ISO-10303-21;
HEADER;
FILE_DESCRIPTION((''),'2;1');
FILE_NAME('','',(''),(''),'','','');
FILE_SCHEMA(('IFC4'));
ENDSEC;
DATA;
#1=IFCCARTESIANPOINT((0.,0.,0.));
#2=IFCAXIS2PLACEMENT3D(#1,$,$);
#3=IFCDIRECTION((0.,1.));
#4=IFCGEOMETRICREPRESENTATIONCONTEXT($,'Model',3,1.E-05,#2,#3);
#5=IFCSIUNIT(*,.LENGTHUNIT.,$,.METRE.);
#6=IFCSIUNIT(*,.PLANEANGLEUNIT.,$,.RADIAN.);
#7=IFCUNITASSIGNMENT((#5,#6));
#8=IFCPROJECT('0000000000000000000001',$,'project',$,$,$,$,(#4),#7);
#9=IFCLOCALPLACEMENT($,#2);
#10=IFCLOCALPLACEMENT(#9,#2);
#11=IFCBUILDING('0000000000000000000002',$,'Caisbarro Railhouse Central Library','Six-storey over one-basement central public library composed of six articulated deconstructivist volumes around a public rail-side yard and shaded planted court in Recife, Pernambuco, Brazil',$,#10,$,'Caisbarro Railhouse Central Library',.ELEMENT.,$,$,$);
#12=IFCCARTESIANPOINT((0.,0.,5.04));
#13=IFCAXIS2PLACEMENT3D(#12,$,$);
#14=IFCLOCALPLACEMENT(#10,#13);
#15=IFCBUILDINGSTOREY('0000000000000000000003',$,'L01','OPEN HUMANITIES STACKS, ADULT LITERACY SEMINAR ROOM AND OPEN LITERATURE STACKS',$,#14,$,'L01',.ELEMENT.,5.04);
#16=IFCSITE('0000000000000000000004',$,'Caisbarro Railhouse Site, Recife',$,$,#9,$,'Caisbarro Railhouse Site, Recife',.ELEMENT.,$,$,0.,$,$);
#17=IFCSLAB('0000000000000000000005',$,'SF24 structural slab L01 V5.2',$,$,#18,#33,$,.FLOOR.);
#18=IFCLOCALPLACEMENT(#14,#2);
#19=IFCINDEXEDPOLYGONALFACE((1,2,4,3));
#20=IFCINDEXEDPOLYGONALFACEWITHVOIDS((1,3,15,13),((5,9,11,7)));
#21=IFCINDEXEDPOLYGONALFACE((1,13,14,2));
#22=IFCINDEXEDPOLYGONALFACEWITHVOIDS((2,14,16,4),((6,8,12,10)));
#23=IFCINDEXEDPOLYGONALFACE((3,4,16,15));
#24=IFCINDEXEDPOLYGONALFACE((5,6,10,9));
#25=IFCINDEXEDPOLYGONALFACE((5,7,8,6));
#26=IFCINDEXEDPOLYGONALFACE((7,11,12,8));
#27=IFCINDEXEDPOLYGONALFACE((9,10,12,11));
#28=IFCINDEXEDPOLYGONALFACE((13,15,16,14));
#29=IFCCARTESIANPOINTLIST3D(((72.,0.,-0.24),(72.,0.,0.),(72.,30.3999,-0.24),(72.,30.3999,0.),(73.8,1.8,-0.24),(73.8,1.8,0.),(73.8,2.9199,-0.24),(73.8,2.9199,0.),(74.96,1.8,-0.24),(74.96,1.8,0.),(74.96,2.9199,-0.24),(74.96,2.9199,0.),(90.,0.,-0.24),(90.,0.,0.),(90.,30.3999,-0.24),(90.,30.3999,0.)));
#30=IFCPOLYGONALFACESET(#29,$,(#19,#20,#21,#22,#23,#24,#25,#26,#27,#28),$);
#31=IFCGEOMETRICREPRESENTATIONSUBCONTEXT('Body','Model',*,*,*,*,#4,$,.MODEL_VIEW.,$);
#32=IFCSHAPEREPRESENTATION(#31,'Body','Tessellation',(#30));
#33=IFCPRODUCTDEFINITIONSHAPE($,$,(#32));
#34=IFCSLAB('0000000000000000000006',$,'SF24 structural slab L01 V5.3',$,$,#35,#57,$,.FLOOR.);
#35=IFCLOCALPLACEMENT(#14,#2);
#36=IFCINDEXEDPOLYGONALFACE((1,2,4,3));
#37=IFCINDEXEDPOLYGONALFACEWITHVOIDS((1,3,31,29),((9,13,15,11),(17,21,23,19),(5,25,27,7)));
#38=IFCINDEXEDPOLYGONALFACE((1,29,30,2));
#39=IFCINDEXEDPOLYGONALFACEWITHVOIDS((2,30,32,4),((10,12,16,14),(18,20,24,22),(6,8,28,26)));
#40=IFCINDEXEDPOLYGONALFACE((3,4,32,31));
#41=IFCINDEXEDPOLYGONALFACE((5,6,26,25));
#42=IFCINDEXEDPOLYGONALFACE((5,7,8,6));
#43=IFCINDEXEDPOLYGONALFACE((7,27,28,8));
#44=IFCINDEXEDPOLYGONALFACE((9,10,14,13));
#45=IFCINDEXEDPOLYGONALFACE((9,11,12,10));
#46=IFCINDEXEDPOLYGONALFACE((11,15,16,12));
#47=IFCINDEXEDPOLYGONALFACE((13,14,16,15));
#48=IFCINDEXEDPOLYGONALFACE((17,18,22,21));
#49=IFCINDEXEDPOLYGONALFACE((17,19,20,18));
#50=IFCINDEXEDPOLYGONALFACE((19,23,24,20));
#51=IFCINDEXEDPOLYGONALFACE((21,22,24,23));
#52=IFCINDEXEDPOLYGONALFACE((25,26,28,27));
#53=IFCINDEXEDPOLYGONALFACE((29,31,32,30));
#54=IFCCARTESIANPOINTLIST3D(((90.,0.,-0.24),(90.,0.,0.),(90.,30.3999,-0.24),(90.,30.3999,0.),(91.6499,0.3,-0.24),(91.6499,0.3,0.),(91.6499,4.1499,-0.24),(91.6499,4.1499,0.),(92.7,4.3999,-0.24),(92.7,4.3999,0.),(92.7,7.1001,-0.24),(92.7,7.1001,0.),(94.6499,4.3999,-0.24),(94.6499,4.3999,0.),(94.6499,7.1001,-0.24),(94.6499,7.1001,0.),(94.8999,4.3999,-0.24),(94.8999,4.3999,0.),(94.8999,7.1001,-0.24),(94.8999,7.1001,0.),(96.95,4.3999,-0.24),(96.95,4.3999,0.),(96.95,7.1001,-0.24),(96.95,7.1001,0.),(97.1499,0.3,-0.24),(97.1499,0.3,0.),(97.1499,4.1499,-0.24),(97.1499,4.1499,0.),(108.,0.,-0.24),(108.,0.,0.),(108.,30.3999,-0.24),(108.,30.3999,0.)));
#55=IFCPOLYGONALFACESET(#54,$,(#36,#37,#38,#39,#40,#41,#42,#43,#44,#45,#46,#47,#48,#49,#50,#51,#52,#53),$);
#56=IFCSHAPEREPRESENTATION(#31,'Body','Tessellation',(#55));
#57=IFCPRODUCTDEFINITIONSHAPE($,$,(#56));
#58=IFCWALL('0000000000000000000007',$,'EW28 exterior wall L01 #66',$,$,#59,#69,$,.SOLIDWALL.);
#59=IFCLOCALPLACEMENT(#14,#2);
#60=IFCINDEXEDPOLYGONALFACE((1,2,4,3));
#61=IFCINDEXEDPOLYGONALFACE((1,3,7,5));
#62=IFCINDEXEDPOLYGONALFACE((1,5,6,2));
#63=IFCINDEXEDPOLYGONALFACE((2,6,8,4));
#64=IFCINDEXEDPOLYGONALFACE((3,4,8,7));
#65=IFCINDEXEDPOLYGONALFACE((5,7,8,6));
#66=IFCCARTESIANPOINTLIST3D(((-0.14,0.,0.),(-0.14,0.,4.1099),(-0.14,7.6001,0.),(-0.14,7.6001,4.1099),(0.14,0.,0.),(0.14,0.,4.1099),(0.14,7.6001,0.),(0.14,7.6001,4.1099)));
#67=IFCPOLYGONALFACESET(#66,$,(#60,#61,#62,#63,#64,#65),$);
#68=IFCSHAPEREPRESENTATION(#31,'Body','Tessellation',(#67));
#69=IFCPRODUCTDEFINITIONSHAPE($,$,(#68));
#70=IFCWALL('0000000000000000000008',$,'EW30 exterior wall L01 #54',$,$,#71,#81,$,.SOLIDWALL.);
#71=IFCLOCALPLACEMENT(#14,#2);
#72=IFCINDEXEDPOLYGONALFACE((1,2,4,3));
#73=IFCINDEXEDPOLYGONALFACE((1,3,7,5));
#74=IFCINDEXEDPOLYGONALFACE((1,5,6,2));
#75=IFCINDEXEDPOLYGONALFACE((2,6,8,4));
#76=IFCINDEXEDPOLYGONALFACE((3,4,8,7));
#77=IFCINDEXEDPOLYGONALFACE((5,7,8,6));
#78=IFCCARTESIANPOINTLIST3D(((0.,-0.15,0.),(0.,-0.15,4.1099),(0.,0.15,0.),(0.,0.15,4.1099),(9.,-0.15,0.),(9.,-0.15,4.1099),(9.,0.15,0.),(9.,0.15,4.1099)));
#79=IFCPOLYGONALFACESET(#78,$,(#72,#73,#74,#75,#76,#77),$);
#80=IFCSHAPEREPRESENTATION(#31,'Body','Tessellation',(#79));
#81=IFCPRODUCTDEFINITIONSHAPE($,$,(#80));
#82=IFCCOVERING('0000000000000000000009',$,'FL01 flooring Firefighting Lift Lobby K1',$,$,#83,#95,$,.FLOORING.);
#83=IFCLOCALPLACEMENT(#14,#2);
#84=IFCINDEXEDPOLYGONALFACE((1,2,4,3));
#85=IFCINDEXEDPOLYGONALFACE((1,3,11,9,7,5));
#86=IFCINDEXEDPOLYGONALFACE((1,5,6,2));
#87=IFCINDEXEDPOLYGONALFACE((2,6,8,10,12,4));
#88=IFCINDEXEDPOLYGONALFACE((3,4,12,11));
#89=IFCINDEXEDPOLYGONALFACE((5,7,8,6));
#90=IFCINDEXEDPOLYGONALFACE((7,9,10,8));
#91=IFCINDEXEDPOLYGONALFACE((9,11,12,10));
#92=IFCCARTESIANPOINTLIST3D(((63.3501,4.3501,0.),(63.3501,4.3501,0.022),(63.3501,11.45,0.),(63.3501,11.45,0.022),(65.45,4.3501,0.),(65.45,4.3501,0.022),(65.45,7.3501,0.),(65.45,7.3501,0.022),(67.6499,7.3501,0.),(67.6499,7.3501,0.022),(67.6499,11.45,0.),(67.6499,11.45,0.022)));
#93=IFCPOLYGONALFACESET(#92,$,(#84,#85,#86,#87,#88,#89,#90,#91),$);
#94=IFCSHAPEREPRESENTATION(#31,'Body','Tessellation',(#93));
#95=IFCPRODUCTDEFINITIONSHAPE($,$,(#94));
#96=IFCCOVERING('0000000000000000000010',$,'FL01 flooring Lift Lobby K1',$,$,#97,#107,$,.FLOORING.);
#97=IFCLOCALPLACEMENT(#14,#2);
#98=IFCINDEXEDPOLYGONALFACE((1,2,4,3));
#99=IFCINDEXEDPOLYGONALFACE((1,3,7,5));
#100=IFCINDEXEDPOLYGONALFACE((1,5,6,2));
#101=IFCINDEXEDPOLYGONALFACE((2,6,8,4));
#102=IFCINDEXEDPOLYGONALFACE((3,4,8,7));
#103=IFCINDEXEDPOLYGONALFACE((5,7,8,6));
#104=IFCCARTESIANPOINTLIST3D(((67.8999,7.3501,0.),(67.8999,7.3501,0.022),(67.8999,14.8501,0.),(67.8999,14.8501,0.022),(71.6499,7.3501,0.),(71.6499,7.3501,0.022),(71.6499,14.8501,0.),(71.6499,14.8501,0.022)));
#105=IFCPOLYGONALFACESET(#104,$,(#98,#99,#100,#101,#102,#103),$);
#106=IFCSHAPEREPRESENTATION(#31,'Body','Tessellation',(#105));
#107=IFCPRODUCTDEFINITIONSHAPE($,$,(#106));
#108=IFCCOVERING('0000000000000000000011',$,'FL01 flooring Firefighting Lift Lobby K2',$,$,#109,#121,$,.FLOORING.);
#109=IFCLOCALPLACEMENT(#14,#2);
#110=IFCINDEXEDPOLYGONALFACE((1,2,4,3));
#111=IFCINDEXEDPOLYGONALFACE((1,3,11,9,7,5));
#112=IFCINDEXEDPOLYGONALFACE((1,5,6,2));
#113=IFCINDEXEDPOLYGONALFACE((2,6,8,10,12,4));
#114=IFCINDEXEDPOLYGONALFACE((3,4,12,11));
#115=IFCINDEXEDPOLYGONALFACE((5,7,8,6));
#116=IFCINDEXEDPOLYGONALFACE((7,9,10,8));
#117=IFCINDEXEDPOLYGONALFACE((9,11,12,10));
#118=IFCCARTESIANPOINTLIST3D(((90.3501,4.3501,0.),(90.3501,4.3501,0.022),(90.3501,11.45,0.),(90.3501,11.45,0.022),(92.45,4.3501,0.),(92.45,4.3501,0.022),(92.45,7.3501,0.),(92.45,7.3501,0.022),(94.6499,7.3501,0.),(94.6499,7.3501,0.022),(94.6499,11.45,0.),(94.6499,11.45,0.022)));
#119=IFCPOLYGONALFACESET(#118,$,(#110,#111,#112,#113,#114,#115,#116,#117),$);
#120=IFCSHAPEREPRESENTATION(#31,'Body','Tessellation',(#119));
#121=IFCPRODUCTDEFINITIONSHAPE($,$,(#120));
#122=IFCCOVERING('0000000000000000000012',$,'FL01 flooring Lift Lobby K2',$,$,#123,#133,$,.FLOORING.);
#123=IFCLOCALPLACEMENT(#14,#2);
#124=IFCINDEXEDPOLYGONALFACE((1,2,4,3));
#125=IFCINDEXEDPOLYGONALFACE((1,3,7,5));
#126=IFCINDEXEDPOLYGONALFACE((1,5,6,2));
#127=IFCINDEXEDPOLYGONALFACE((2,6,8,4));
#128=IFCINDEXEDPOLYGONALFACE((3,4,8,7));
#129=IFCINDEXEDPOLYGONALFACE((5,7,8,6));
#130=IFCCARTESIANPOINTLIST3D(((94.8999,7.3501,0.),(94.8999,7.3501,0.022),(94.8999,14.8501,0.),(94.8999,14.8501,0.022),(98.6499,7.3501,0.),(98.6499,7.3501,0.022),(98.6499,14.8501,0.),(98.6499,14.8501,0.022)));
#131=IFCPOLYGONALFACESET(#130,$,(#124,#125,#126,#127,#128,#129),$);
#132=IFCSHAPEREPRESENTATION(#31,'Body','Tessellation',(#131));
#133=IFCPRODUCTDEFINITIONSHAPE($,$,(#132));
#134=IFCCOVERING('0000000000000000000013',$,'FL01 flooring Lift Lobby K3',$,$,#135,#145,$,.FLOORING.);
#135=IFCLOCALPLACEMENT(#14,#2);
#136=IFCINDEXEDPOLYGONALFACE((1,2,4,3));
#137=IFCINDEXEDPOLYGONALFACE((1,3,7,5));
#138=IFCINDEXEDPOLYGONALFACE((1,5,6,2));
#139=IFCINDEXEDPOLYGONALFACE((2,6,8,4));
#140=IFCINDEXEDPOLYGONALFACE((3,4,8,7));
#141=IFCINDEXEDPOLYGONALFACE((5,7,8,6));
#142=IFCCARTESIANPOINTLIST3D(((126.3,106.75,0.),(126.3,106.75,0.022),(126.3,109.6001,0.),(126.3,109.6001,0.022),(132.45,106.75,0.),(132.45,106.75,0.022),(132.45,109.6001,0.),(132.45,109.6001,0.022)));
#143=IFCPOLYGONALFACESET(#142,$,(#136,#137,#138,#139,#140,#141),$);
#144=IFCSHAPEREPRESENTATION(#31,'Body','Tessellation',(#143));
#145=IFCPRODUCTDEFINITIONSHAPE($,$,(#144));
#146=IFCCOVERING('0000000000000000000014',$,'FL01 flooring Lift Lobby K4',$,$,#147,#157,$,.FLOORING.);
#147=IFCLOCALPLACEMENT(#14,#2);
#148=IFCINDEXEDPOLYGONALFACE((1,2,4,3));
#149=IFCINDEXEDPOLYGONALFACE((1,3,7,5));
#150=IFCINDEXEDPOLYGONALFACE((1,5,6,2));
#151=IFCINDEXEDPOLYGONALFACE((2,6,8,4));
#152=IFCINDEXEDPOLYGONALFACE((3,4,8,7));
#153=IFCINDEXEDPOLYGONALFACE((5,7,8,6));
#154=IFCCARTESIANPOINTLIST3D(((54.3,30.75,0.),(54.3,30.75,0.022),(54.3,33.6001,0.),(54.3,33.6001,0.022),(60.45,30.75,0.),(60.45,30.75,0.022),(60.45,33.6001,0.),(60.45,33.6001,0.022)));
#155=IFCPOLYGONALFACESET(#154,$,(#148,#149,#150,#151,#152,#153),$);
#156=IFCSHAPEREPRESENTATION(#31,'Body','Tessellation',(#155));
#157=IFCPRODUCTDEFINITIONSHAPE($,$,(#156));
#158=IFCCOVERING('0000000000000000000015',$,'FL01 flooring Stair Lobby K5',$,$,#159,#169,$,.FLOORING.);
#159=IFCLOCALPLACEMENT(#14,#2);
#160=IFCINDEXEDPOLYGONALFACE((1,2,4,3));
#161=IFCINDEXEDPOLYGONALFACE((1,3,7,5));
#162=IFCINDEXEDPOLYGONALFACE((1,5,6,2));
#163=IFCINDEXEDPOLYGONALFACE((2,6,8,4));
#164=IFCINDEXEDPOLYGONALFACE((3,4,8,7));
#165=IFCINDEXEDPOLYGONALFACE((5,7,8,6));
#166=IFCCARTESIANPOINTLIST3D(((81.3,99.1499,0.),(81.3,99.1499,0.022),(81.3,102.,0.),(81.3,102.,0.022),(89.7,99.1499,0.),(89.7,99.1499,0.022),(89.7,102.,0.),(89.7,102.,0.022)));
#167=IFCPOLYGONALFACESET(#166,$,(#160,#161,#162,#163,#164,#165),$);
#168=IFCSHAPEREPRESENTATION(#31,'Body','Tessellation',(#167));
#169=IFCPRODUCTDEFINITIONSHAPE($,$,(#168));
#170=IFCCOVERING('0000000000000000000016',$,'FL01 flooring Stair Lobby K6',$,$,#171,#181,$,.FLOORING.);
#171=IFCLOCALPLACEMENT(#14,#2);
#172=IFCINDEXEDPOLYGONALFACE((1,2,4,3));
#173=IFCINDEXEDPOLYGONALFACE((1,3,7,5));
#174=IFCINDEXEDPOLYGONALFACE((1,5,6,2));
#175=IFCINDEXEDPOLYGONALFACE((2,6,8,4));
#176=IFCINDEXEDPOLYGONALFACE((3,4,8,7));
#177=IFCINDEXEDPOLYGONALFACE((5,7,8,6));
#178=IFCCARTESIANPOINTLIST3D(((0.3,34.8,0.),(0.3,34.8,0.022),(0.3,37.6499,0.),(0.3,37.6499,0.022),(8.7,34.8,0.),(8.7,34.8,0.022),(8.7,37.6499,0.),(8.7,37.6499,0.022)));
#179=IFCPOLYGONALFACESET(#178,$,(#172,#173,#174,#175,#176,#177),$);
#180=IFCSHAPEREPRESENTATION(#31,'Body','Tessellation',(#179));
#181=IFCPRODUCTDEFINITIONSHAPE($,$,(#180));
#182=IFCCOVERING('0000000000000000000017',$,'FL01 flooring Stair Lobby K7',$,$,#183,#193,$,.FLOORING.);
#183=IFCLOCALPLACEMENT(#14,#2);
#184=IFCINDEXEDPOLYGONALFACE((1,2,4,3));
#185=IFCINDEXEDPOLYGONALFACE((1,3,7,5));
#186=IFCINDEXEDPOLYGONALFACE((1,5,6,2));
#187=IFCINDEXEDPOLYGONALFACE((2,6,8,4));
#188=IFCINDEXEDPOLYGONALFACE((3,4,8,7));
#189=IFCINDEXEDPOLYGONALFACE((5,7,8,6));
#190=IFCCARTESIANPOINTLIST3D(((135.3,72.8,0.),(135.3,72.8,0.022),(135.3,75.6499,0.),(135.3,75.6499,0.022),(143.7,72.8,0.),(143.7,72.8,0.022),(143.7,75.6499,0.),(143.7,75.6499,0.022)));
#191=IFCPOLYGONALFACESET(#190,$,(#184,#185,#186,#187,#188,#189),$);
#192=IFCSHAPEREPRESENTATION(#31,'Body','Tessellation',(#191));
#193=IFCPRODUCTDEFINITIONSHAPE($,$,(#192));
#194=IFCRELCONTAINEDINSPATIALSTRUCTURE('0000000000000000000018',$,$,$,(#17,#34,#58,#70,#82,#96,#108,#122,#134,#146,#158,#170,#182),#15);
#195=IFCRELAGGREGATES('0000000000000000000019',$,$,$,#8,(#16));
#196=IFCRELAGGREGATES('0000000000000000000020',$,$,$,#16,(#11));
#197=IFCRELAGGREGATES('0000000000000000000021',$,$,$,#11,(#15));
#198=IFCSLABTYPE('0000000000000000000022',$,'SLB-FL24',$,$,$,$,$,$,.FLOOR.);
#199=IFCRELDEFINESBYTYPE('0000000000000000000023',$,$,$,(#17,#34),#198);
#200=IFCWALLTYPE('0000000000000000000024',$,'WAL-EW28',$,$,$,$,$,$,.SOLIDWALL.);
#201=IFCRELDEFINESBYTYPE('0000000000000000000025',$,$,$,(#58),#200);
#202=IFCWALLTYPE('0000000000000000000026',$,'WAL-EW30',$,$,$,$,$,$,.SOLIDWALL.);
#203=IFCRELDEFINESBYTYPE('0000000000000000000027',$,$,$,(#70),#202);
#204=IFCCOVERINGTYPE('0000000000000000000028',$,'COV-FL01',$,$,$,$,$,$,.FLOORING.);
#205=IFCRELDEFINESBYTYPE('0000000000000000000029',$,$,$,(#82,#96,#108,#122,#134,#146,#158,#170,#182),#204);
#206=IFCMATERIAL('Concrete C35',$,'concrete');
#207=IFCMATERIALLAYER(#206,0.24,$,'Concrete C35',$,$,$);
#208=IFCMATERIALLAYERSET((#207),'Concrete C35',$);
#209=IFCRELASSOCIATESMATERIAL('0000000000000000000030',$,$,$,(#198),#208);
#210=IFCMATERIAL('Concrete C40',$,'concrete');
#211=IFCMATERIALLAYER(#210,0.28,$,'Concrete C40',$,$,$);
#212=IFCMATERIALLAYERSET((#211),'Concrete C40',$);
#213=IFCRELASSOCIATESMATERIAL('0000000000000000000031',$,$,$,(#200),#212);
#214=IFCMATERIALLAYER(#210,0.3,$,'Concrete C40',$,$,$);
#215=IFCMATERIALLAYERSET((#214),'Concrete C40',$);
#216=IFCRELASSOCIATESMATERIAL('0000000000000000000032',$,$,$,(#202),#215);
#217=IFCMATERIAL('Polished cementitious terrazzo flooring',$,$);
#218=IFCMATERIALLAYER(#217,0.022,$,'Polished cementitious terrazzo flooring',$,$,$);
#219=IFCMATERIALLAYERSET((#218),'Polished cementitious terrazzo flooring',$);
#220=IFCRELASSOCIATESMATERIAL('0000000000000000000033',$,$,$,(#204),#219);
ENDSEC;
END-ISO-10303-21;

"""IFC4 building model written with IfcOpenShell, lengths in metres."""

from ifc_helpers import new_model, si_unit, direction, frame, frame_2d, origin, origin_with_axes, place, context, subcontext, project, spatial, polyline, rectangle, outline, extrude, material, layer, layer_set, type_object, element, save


model = new_model("IFC4")

# Units and contexts
model_context = context("Model", 3, precision=1e-05, world=origin(), true_north=direction((0.0, 1.0)))
body_context = subcontext(model_context, "Body", "Model", "MODEL_VIEW")
ifc_project = project(units=[si_unit("LENGTHUNIT", "METRE"), si_unit("PLANEANGLEUNIT", "RADIAN")], contexts=[model_context])

# Site, building, storey
site_placement = place(None, origin())
site = spatial("IfcSite", under=ifc_project, at=site_placement, Name="Caisbarro Railhouse Site, Recife", LongName="Caisbarro Railhouse Site, Recife", CompositionType="ELEMENT", RefElevation=0.0)
building_placement = place(site_placement, origin())
building = spatial("IfcBuilding", under=site, at=building_placement, Name="Caisbarro Railhouse Central Library", Description="Six-storey over one-basement central public library composed of six articulated deconstructivist volumes around a public rail-side yard and shaded planted court in Recife, Pernambuco, Brazil", LongName="Caisbarro Railhouse Central Library", CompositionType="ELEMENT")
storey_placement = place(building_placement, frame((0.0, 0.0, 5.04)))
storey = spatial("IfcBuildingStorey", under=building, at=storey_placement, Name="L01", Description="OPEN HUMANITIES STACKS, ADULT LITERACY SEMINAR ROOM AND OPEN LITERATURE STACKS", LongName="L01", CompositionType="ELEMENT", Elevation=5.04)

# Slabs
ifc_material_1 = material(Name="Concrete C35", Category="concrete")
ifc_layer_1 = layer(ifc_material_1, 0.24, Name="Concrete C35")
ifc_layer_set_1 = layer_set([ifc_layer_1], Name="Concrete C35")
slab_type_1 = type_object("IfcSlabType", Name="SLB-FL24", PredefinedType="FLOOR", material=ifc_layer_set_1)
slab_1_placement = place(storey_placement, frame((0.0, 0.0, -0.24)))
element("IfcSlab", 1, at=slab_1_placement, inside=storey, type_object=slab_type_1, Name="SF24 structural slab L01 V5.2", PredefinedType="FLOOR", context=body_context, shape_type="SweptSolid", body=[
    extrude(outline(polyline([(72.0, 0.0), (90.0, 0.0), (90.0, 30.3999), (72.0, 30.3999), (72.0, 0.0)]), holes=[polyline([(73.8, 1.8), (74.96, 1.8), (74.96, 2.9199), (73.8, 2.9199), (73.8, 1.8)])]), origin(), (0.0, 0.0, 1.0), 0.24),
])
slab_2_placement = place(storey_placement, frame((0.0, 0.0, -0.24)))
element("IfcSlab", 2, at=slab_2_placement, inside=storey, type_object=slab_type_1, Name="SF24 structural slab L01 V5.3", PredefinedType="FLOOR", context=body_context, shape_type="SweptSolid", body=[
    extrude(outline(polyline([(90.0, 0.0), (108.0, 0.0), (108.0, 30.3999), (90.0, 30.3999), (90.0, 0.0)]), holes=[polyline([(91.6499, 0.3), (97.1499, 0.3), (97.1499, 4.1499), (91.6499, 4.1499), (91.6499, 0.3)]), polyline([(92.7, 4.3999), (94.6499, 4.3999), (94.6499, 7.1001), (92.7, 7.1001), (92.7, 4.3999)]), polyline([(94.8999, 4.3999), (96.95, 4.3999), (96.95, 7.1001), (94.8999, 7.1001), (94.8999, 4.3999)])]), origin(), (0.0, 0.0, 1.0), 0.24),
])

# Walls
ifc_material_2 = material(Name="Concrete C40", Category="concrete")
ifc_layer_2 = layer(ifc_material_2, 0.28, Name="Concrete C40")
ifc_layer_set_2 = layer_set([ifc_layer_2], Name="Concrete C40")
wall_type_1 = type_object("IfcWallType", Name="WAL-EW28", PredefinedType="SOLIDWALL", material=ifc_layer_set_2)
wall_1_placement = place(storey_placement, frame((0.0, 0.0, 0.0), z_axis=(0.0, 0.0, 1.0), x_axis=(0.0, 1.0, 0.0)))
element("IfcWall", 3, at=wall_1_placement, inside=storey, type_object=wall_type_1, Name="EW28 exterior wall L01 #66", PredefinedType="SOLIDWALL", context=body_context, shape_type="SweptSolid", body=[
    extrude(rectangle(XDim=7.6001, YDim=0.28, at=frame_2d((3.8, 0.0))), origin(), (0.0, 0.0, 1.0), 4.1099),
])
ifc_layer_3 = layer(ifc_material_2, 0.3, Name="Concrete C40")
ifc_layer_set_3 = layer_set([ifc_layer_3], Name="Concrete C40")
wall_type_2 = type_object("IfcWallType", Name="WAL-EW30", PredefinedType="SOLIDWALL", material=ifc_layer_set_3)
wall_2_placement = place(storey_placement, origin_with_axes())
element("IfcWall", 4, at=wall_2_placement, inside=storey, type_object=wall_type_2, Name="EW30 exterior wall L01 #54", PredefinedType="SOLIDWALL", context=body_context, shape_type="SweptSolid", body=[
    extrude(rectangle(XDim=9.0, YDim=0.3, at=frame_2d((4.5, 0.0))), origin(), (0.0, 0.0, 1.0), 4.1099),
])

# Coverings
ifc_material_3 = material(Name="Polished cementitious terrazzo flooring")
ifc_layer_4 = layer(ifc_material_3, 0.022, Name="Polished cementitious terrazzo flooring")
ifc_layer_set_4 = layer_set([ifc_layer_4], Name="Polished cementitious terrazzo flooring")
covering_type_1 = type_object("IfcCoveringType", Name="COV-FL01", PredefinedType="FLOORING", material=ifc_layer_set_4)
covering_1_placement = place(storey_placement, origin())
element("IfcCovering", 5, at=covering_1_placement, inside=storey, type_object=covering_type_1, Name="FL01 flooring Firefighting Lift Lobby K1", PredefinedType="FLOORING", context=body_context, shape_type="SweptSolid", body=[
    extrude(outline(polyline([(63.3501, 4.3501), (65.45, 4.3501), (65.45, 7.3501), (67.6499, 7.3501), (67.6499, 11.45), (63.3501, 11.45), (63.3501, 4.3501)])), origin(), (0.0, 0.0, 1.0), 0.022),
])
covering_2_placement = place(storey_placement, origin())
element("IfcCovering", 6, at=covering_2_placement, inside=storey, type_object=covering_type_1, Name="FL01 flooring Lift Lobby K1", PredefinedType="FLOORING", context=body_context, shape_type="SweptSolid", body=[
    extrude(outline(polyline([(67.8999, 7.3501), (71.6499, 7.3501), (71.6499, 14.8501), (67.8999, 14.8501), (67.8999, 7.3501)])), origin(), (0.0, 0.0, 1.0), 0.022),
])
covering_3_placement = place(storey_placement, origin())
element("IfcCovering", 7, at=covering_3_placement, inside=storey, type_object=covering_type_1, Name="FL01 flooring Firefighting Lift Lobby K2", PredefinedType="FLOORING", context=body_context, shape_type="SweptSolid", body=[
    extrude(outline(polyline([(90.3501, 4.3501), (92.45, 4.3501), (92.45, 7.3501), (94.6499, 7.3501), (94.6499, 11.45), (90.3501, 11.45), (90.3501, 4.3501)])), origin(), (0.0, 0.0, 1.0), 0.022),
])
covering_4_placement = place(storey_placement, origin())
element("IfcCovering", 8, at=covering_4_placement, inside=storey, type_object=covering_type_1, Name="FL01 flooring Lift Lobby K2", PredefinedType="FLOORING", context=body_context, shape_type="SweptSolid", body=[
    extrude(outline(polyline([(94.8999, 7.3501), (98.6499, 7.3501), (98.6499, 14.8501), (94.8999, 14.8501), (94.8999, 7.3501)])), origin(), (0.0, 0.0, 1.0), 0.022),
])
covering_5_placement = place(storey_placement, origin())
element("IfcCovering", 9, at=covering_5_placement, inside=storey, type_object=covering_type_1, Name="FL01 flooring Lift Lobby K3", PredefinedType="FLOORING", context=body_context, shape_type="SweptSolid", body=[
    extrude(outline(polyline([(126.3, 106.75), (132.45, 106.75), (132.45, 109.6001), (126.3, 109.6001), (126.3, 106.75)])), origin(), (0.0, 0.0, 1.0), 0.022),
])
covering_6_placement = place(storey_placement, origin())
element("IfcCovering", 10, at=covering_6_placement, inside=storey, type_object=covering_type_1, Name="FL01 flooring Lift Lobby K4", PredefinedType="FLOORING", context=body_context, shape_type="SweptSolid", body=[
    extrude(outline(polyline([(54.3, 30.75), (60.45, 30.75), (60.45, 33.6001), (54.3, 33.6001), (54.3, 30.75)])), origin(), (0.0, 0.0, 1.0), 0.022),
])
covering_7_placement = place(storey_placement, origin())
element("IfcCovering", 11, at=covering_7_placement, inside=storey, type_object=covering_type_1, Name="FL01 flooring Stair Lobby K5", PredefinedType="FLOORING", context=body_context, shape_type="SweptSolid", body=[
    extrude(outline(polyline([(81.3, 99.1499), (89.7, 99.1499), (89.7, 102.0), (81.3, 102.0), (81.3, 99.1499)])), origin(), (0.0, 0.0, 1.0), 0.022),
])
covering_8_placement = place(storey_placement, origin())
element("IfcCovering", 12, at=covering_8_placement, inside=storey, type_object=covering_type_1, Name="FL01 flooring Stair Lobby K6", PredefinedType="FLOORING", context=body_context, shape_type="SweptSolid", body=[
    extrude(outline(polyline([(0.3, 34.8), (8.7, 34.8), (8.7, 37.6499), (0.3, 37.6499), (0.3, 34.8)])), origin(), (0.0, 0.0, 1.0), 0.022),
])
covering_9_placement = place(storey_placement, origin())
element("IfcCovering", 13, at=covering_9_placement, inside=storey, type_object=covering_type_1, Name="FL01 flooring Stair Lobby K7", PredefinedType="FLOORING", context=body_context, shape_type="SweptSolid", body=[
    extrude(outline(polyline([(135.3, 72.8), (143.7, 72.8), (143.7, 75.6499), (135.3, 75.6499), (135.3, 72.8)])), origin(), (0.0, 0.0, 1.0), 0.022),
])

save(model, "model.ifc")
